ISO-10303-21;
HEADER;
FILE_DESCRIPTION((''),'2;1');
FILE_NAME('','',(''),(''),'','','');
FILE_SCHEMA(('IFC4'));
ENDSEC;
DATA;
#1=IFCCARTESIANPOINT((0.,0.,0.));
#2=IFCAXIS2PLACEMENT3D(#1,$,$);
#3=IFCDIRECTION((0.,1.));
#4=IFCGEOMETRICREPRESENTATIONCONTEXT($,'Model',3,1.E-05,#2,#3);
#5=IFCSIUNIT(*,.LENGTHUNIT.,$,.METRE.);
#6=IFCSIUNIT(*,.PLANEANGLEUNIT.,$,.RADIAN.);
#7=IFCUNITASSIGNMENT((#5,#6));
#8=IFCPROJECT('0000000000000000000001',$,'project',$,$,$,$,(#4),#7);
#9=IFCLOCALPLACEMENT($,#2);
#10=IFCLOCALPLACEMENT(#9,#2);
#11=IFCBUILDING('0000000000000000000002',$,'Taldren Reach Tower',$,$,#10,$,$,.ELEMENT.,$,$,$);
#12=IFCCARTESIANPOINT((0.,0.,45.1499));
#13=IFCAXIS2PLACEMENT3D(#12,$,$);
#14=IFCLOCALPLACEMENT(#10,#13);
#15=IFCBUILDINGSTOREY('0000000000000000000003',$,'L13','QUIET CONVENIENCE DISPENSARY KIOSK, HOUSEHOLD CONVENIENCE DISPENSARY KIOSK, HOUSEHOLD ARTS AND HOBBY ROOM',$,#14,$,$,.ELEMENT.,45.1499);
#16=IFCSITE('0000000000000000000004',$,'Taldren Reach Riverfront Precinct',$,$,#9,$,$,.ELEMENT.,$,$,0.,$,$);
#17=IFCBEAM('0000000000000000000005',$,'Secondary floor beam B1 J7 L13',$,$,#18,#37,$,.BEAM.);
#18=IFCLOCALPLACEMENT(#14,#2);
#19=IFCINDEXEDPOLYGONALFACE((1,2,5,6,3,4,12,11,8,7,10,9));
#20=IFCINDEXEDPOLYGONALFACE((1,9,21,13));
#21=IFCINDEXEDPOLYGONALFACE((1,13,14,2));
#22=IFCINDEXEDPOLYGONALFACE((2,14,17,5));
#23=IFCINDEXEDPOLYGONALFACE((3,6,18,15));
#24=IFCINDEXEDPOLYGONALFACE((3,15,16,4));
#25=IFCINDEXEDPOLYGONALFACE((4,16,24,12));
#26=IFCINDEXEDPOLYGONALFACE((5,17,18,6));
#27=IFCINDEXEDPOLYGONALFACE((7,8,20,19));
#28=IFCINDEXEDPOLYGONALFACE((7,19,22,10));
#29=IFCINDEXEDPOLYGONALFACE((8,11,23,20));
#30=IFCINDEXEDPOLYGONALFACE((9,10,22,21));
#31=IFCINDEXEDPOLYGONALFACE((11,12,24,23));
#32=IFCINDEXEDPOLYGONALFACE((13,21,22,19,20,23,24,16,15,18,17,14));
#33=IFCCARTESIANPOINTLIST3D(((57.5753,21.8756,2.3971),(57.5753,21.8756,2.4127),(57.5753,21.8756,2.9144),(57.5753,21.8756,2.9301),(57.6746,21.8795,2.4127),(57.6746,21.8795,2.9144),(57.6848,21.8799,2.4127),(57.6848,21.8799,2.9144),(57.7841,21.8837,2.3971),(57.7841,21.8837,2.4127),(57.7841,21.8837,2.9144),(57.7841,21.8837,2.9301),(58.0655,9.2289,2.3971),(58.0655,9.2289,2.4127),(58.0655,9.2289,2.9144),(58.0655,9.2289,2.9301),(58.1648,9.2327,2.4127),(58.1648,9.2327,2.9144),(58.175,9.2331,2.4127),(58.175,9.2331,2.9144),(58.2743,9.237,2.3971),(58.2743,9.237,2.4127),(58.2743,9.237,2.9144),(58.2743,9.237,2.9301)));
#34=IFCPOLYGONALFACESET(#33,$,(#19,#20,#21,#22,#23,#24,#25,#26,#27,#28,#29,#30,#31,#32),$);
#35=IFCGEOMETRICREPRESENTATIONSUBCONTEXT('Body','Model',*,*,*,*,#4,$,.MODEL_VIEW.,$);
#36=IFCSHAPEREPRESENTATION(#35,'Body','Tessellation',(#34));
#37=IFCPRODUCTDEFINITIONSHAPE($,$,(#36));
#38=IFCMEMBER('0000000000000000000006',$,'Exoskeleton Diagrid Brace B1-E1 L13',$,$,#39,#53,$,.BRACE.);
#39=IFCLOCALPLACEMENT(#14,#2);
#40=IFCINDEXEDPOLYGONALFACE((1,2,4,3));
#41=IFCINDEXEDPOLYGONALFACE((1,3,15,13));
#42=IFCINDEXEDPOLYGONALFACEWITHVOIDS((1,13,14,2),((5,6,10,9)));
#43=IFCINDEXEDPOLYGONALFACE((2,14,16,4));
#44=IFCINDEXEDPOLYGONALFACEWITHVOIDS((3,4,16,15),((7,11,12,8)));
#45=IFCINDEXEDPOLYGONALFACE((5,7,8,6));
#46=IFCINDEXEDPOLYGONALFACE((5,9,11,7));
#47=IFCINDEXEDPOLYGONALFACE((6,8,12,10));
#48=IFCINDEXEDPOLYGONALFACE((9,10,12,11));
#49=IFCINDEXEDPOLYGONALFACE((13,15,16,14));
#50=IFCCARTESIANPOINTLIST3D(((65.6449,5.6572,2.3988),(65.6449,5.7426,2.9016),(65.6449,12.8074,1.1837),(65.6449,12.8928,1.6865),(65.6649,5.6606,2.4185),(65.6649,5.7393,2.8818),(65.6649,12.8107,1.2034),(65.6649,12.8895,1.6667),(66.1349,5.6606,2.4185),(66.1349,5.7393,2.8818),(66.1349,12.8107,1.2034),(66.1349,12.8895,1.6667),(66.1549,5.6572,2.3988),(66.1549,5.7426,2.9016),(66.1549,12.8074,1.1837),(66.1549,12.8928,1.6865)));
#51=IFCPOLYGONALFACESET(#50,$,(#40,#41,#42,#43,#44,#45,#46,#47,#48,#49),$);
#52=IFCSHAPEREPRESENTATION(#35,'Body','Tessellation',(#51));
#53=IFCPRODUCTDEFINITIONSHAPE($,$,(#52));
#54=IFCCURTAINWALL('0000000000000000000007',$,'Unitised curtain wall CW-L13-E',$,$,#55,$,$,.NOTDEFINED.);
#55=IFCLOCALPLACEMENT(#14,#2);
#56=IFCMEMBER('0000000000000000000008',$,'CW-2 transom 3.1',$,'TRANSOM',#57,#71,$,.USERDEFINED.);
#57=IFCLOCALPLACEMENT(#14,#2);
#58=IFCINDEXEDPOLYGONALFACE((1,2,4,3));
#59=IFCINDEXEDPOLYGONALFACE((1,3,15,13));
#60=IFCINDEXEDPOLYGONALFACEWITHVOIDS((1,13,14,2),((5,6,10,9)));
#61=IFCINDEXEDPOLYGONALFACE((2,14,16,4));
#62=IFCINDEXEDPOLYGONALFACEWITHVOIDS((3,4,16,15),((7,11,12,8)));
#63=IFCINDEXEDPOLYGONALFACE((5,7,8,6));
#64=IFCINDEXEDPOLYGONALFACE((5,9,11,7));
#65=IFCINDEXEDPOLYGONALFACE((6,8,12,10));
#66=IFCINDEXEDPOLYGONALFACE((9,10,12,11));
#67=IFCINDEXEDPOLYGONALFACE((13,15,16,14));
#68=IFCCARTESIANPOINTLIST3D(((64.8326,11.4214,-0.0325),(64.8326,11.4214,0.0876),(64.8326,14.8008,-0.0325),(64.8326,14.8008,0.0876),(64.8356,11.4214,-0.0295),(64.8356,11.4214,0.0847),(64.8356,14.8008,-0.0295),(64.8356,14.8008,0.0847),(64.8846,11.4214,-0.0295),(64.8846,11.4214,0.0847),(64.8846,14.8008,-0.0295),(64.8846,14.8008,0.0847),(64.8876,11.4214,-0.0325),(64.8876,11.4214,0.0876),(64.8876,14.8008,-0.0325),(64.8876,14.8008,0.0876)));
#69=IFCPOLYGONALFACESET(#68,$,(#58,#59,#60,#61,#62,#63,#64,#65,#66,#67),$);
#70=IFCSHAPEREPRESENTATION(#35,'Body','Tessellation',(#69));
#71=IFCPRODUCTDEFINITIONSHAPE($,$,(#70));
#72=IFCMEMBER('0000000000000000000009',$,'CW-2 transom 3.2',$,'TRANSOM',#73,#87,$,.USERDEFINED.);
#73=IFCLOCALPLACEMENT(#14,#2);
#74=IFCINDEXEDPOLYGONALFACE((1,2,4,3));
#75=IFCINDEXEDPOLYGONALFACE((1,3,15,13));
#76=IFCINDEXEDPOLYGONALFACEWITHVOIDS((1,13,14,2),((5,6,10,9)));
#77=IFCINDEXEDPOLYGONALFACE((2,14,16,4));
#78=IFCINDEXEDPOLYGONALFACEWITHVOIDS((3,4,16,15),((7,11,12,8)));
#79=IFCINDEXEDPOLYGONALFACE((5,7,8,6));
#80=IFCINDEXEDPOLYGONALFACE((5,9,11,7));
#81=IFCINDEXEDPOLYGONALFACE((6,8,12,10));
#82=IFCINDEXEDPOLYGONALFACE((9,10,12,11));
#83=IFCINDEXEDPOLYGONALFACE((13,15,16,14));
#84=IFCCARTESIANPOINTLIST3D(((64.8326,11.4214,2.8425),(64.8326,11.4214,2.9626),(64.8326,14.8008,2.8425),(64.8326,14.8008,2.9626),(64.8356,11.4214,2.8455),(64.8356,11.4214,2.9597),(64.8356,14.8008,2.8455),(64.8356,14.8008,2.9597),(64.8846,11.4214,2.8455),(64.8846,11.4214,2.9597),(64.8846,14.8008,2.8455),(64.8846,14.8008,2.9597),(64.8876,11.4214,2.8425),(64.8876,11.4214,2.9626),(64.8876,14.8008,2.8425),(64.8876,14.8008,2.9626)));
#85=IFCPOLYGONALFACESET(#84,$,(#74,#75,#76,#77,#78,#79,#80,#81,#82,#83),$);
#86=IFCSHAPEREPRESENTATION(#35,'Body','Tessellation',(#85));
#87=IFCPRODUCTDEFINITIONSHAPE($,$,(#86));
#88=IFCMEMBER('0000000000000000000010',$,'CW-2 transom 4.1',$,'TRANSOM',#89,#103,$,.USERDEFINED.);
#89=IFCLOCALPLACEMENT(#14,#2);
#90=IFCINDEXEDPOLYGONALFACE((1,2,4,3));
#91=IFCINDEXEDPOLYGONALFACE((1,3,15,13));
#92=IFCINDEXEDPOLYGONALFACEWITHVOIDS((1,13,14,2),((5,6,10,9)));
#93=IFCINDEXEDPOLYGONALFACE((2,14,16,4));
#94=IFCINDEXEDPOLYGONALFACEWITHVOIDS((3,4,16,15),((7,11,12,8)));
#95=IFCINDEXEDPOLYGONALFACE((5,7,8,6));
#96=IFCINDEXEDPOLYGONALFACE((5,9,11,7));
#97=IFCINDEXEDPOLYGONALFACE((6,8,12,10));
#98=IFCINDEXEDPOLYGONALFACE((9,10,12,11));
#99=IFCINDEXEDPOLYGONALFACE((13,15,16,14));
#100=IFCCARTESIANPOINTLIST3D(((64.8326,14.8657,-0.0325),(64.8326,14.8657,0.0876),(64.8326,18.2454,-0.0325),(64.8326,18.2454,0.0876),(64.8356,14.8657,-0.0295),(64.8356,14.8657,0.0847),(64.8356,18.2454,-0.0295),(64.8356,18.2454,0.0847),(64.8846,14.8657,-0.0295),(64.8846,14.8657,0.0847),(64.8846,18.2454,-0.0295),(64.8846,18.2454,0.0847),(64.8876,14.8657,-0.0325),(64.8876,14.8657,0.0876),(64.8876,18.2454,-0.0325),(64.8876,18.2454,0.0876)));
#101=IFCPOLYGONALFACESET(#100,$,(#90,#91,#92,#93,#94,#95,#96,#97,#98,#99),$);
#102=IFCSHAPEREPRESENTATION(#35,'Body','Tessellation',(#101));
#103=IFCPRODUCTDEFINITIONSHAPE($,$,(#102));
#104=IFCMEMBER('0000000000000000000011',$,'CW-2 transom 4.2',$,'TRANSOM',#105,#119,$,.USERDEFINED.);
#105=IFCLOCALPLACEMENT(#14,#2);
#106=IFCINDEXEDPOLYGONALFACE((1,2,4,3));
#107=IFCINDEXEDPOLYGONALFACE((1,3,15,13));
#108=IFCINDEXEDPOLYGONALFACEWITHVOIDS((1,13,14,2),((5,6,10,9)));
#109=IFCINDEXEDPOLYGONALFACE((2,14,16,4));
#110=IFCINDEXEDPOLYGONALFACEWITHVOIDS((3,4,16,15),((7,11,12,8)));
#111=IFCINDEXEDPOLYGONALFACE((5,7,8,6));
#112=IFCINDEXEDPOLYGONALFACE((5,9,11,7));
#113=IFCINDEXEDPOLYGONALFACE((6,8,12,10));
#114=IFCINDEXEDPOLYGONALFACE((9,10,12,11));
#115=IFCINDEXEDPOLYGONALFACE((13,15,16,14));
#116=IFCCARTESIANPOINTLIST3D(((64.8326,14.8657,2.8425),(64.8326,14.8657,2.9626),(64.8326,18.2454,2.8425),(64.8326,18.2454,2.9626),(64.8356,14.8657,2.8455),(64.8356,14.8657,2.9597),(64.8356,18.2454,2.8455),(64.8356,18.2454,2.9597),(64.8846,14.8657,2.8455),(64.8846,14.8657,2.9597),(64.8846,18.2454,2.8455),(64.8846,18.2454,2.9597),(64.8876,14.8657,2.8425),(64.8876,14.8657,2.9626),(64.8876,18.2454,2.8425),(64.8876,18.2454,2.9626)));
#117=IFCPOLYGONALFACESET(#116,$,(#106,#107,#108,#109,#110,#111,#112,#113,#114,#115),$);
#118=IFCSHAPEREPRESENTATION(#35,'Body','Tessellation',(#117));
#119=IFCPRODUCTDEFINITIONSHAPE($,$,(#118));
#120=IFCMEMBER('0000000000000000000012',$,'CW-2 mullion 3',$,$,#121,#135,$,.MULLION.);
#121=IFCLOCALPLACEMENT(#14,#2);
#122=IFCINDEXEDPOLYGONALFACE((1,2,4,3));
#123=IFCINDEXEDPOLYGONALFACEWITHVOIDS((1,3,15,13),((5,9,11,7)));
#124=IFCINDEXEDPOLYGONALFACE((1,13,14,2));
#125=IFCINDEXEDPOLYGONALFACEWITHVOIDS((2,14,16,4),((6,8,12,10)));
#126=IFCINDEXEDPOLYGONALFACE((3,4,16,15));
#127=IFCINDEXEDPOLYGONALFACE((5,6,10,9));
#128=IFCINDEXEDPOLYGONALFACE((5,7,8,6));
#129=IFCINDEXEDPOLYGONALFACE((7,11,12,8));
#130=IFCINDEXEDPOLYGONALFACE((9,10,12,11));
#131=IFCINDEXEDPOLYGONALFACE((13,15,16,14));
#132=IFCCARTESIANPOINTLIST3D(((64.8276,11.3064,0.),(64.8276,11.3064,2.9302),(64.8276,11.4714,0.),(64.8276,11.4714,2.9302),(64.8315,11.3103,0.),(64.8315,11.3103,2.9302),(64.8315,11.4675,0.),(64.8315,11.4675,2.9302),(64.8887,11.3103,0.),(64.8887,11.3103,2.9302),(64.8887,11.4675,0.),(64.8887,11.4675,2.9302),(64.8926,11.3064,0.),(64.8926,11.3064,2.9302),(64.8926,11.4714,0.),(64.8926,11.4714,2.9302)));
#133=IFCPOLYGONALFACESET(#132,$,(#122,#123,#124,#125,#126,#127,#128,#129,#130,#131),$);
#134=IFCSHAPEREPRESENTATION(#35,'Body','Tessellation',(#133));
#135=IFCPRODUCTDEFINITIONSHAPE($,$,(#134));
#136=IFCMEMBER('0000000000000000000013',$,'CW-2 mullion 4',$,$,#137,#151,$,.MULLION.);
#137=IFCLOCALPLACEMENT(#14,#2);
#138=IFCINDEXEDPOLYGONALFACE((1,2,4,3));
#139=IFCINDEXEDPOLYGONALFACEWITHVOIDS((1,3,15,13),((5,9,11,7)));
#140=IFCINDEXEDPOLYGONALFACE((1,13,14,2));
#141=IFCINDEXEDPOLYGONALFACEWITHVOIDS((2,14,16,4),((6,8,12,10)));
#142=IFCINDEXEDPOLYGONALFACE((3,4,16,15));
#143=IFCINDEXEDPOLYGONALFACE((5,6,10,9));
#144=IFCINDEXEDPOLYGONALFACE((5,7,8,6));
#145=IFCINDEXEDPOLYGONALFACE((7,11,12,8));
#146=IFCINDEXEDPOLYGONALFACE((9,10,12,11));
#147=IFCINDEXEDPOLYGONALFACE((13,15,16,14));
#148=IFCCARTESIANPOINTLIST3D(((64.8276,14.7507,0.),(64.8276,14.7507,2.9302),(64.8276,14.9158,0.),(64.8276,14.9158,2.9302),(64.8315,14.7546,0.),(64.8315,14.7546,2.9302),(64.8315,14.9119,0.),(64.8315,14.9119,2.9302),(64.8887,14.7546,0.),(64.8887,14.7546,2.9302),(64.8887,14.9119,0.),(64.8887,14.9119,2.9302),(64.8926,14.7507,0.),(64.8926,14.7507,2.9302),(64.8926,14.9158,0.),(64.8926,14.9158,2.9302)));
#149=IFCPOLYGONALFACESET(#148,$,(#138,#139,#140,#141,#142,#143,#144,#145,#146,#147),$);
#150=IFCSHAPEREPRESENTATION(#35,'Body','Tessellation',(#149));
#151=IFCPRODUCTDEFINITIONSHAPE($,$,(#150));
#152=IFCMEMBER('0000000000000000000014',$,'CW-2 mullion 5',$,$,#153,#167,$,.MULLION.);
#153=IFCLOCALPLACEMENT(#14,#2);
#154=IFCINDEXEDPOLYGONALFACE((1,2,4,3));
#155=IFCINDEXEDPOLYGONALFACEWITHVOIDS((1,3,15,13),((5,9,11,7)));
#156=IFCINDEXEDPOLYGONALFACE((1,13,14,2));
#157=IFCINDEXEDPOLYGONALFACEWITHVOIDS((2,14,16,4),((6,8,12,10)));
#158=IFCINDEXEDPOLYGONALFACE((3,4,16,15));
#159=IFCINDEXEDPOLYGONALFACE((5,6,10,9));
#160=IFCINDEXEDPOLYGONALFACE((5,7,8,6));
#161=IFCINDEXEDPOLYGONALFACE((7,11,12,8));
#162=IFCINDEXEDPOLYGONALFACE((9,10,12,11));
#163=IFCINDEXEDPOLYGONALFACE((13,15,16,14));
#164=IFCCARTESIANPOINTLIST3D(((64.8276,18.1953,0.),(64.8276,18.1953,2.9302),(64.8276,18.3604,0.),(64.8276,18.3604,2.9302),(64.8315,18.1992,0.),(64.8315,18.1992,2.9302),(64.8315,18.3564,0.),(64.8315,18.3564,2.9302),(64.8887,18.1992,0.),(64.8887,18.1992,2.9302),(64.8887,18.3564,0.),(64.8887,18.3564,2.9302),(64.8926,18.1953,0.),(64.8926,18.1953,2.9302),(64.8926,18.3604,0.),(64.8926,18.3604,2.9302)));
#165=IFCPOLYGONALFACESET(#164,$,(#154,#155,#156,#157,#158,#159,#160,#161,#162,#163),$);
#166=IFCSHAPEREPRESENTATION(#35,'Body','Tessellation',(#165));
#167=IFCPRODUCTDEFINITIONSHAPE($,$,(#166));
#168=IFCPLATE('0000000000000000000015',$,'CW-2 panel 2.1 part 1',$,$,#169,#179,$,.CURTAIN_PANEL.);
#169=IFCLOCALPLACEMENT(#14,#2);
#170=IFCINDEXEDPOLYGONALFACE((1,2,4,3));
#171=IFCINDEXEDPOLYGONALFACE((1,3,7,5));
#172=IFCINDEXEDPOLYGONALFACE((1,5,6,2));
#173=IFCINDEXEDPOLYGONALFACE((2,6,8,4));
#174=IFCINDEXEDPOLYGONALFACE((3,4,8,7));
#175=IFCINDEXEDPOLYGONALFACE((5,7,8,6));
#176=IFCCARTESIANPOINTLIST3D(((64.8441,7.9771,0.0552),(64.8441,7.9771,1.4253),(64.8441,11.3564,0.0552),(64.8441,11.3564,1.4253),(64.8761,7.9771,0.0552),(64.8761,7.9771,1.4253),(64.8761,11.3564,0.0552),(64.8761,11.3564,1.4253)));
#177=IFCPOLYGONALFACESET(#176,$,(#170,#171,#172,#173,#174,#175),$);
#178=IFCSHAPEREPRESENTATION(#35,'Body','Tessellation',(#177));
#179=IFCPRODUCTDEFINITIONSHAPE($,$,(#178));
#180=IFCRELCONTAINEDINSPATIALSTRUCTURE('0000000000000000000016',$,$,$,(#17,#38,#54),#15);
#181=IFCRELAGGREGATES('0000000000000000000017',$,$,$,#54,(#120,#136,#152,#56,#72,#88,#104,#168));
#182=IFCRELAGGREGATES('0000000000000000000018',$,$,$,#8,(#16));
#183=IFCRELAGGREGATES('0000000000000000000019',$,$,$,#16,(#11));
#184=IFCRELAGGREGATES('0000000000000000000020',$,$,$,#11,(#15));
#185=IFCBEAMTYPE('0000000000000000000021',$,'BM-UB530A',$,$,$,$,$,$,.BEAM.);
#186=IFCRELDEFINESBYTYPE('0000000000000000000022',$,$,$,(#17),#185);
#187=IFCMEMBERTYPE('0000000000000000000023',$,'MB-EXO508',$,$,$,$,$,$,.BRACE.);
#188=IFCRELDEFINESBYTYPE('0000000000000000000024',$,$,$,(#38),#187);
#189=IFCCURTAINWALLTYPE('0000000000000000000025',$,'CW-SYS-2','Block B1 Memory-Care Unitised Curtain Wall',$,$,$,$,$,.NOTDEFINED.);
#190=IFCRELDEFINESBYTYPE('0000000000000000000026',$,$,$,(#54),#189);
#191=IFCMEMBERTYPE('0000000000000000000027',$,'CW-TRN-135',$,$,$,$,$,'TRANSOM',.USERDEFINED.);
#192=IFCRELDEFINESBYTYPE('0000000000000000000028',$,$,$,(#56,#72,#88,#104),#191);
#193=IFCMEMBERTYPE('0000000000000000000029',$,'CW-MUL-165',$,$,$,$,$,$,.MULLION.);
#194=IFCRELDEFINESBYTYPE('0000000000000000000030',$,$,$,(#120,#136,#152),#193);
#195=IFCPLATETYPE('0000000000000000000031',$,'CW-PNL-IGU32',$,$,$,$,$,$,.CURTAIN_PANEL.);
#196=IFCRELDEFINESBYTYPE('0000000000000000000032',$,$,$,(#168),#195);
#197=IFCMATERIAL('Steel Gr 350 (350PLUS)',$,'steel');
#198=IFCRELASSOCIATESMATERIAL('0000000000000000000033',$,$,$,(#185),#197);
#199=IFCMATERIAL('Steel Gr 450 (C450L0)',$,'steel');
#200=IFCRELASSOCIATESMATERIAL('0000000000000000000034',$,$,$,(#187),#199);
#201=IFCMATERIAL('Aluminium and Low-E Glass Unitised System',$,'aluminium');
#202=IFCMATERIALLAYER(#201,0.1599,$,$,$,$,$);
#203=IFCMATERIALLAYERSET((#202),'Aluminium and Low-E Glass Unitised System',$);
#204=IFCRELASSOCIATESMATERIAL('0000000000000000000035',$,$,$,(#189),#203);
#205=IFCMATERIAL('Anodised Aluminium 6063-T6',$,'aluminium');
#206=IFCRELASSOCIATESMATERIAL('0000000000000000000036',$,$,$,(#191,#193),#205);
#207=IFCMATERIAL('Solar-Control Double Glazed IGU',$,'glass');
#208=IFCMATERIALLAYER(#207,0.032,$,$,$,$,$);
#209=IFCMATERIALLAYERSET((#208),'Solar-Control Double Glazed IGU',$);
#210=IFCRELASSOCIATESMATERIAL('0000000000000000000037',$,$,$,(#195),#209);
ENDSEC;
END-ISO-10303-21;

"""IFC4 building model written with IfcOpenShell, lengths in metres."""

from ifc_helpers import new_model, si_unit, direction, frame, origin, origin_2d, place, context, subcontext, project, spatial, rectangle, hollow_rectangle, i_section, extrude, source, transform, mapped, material, layer, layer_set, material_profile, profile_set, type_object, element, aggregate, save


model = new_model("IFC4")

# Units and contexts
model_context = context("Model", 3, precision=1e-05, world=origin(), true_north=direction((0.0, 1.0)))
body_context = subcontext(model_context, "Body", "Model", "MODEL_VIEW")
ifc_project = project(units=[si_unit("LENGTHUNIT", "METRE"), si_unit("PLANEANGLEUNIT", "RADIAN")], contexts=[model_context])

# Site, building, storey
site_placement = place(None, origin())
site = spatial("IfcSite", under=ifc_project, at=site_placement, Name="Taldren Reach Riverfront Precinct", CompositionType="ELEMENT", RefElevation=0.0)
building_placement = place(site_placement, origin())
building = spatial("IfcBuilding", under=site, at=building_placement, Name="Taldren Reach Tower", CompositionType="ELEMENT")
storey_placement = place(building_placement, frame((0.0, 0.0, 45.1499)))
storey = spatial("IfcBuildingStorey", under=building, at=storey_placement, Name="L13", Description="QUIET CONVENIENCE DISPENSARY KIOSK, HOUSEHOLD CONVENIENCE DISPENSARY KIOSK, HOUSEHOLD ARTS AND HOBBY ROOM", CompositionType="ELEMENT", Elevation=45.1499)

# Beam
ifc_material_1 = material(Name="Steel Gr 350 (350PLUS)", Category="steel")
ifc_material_profile_1 = material_profile(ifc_material_1, i_section(OverallWidth=0.209, OverallDepth=0.533, WebThickness=0.0103, FlangeThickness=0.0156, at=origin_2d()), Name="530UB92.4")
ifc_profile_set_1 = profile_set([ifc_material_profile_1], Name="Steel Gr 350 (350PLUS)")
beam_type = type_object("IfcBeamType", Name="BM-UB530A", PredefinedType="BEAM", material=ifc_profile_set_1)
shared_shape_1 = source(origin(), body_context, "Body", "SweptSolid", [
    extrude(i_section(OverallWidth=0.209, OverallDepth=0.533, WebThickness=0.0103, FlangeThickness=0.0156, at=origin_2d()), origin(), (0.0, 0.0, 1.0), 12.6562),
])
beam_placement = place(storey_placement, frame((58.1699, 9.2329, 2.6636), z_axis=(-0.038735, 0.99925, 0.0), x_axis=(-0.99925, -0.038735, 0.0)))
element("IfcBeam", 1, at=beam_placement, inside=storey, type_object=beam_type, Name="Secondary floor beam B1 J7 L13", PredefinedType="BEAM", context=body_context, shape_type="MappedRepresentation", body=[
    mapped(shared_shape_1, transform((0.0, 0.0, 0.0), scale=1.0)),
])

# Member
ifc_material_2 = material(Name="Steel Gr 450 (C450L0)", Category="steel")
ifc_material_profile_2 = material_profile(ifc_material_2, hollow_rectangle(XDim=0.51, YDim=0.51, WallThickness=0.02, at=origin_2d()), Name="510x510x20.0SHS")
ifc_profile_set_2 = profile_set([ifc_material_profile_2], Name="Steel Gr 450 (C450L0)")
member_type_1 = type_object("IfcMemberType", Name="MB-EXO508", PredefinedType="BRACE", material=ifc_profile_set_2)
shared_shape_2 = source(origin(), body_context, "Body", "SweptSolid", [
    extrude(hollow_rectangle(XDim=0.51, YDim=0.51, WallThickness=0.02, at=origin_2d()), origin(), (0.0, 0.0, 1.0), 7.2527),
])
member_1_placement = place(storey_placement, frame((65.8999, 12.8501, 1.4351), z_axis=(0.0, -0.985866, 0.167537), x_axis=(1.0, 0.0, 0.0)))
element("IfcMember", 2, at=member_1_placement, inside=storey, type_object=member_type_1, Name="Exoskeleton Diagrid Brace B1-E1 L13", PredefinedType="BRACE", context=body_context, shape_type="MappedRepresentation", body=[
    mapped(shared_shape_2, transform((0.0, 0.0, 0.0), scale=1.0)),
])

# Curtain wall, members, plate
ifc_material_3 = material(Name="Aluminium and Low-E Glass Unitised System", Category="aluminium")
ifc_layer_1 = layer(ifc_material_3, 0.1599)
ifc_layer_set_1 = layer_set([ifc_layer_1], Name="Aluminium and Low-E Glass Unitised System")
curtain_wall_type = type_object("IfcCurtainWallType", Name="CW-SYS-2", Description="Block B1 Memory-Care Unitised Curtain Wall", PredefinedType="NOTDEFINED", material=ifc_layer_set_1)
curtain_wall_placement = place(storey_placement, origin())
curtain_wall = element("IfcCurtainWall", 3, at=curtain_wall_placement, inside=storey, type_object=curtain_wall_type, Name="Unitised curtain wall CW-L13-E", PredefinedType="NOTDEFINED")
ifc_material_4 = material(Name="Anodised Aluminium 6063-T6", Category="aluminium")
ifc_material_profile_3 = material_profile(ifc_material_4, hollow_rectangle(XDim=0.0549, YDim=0.1201, WallThickness=0.0029, at=origin_2d()), Name="ALU-120x55x3RHS")
ifc_profile_set_3 = profile_set([ifc_material_profile_3], Name="Anodised Aluminium 6063-T6")
member_type_2 = type_object("IfcMemberType", Name="CW-TRN-135", ElementType="TRANSOM", PredefinedType="USERDEFINED", material=ifc_profile_set_3)
shared_shape_3 = source(origin(), body_context, "Body", "SweptSolid", [
    extrude(hollow_rectangle(XDim=0.0549, YDim=0.1201, WallThickness=0.0029, at=origin_2d()), origin(), (0.0, 0.0, 1.0), 3.3794),
])
member_2_placement = place(storey_placement, frame((64.8601, 11.4214, 0.0276), z_axis=(0.0, 1.0, 0.0), x_axis=(-1.0, 0.0, 0.0)))
member_2 = element("IfcMember", 4, at=member_2_placement, type_object=member_type_2, Name="CW-2 transom 3.1", ObjectType="TRANSOM", PredefinedType="USERDEFINED", context=body_context, shape_type="MappedRepresentation", body=[
    mapped(shared_shape_3, transform((0.0, 0.0, 0.0), scale=1.0)),
])
member_3_placement = place(storey_placement, frame((64.8601, 11.4214, 2.9026), z_axis=(0.0, 1.0, 0.0), x_axis=(-1.0, 0.0, 0.0)))
member_3 = element("IfcMember", 5, at=member_3_placement, type_object=member_type_2, Name="CW-2 transom 3.2", ObjectType="TRANSOM", PredefinedType="USERDEFINED", context=body_context, shape_type="MappedRepresentation", body=[
    mapped(shared_shape_3, transform((0.0, 0.0, 0.0), scale=1.0)),
])
shared_shape_4 = source(origin(), body_context, "Body", "SweptSolid", [
    extrude(hollow_rectangle(XDim=0.0549, YDim=0.1201, WallThickness=0.0029, at=origin_2d()), origin(), (0.0, 0.0, 1.0), 3.3796),
])
member_4_placement = place(storey_placement, frame((64.8601, 14.8657, 0.0276), z_axis=(0.0, 1.0, 0.0), x_axis=(-1.0, 0.0, 0.0)))
member_4 = element("IfcMember", 6, at=member_4_placement, type_object=member_type_2, Name="CW-2 transom 4.1", ObjectType="TRANSOM", PredefinedType="USERDEFINED", context=body_context, shape_type="MappedRepresentation", body=[
    mapped(shared_shape_4, transform((0.0, 0.0, 0.0), scale=1.0)),
])
member_5_placement = place(storey_placement, frame((64.8601, 14.8657, 2.9026), z_axis=(0.0, 1.0, 0.0), x_axis=(-1.0, 0.0, 0.0)))
member_5 = element("IfcMember", 7, at=member_5_placement, type_object=member_type_2, Name="CW-2 transom 4.2", ObjectType="TRANSOM", PredefinedType="USERDEFINED", context=body_context, shape_type="MappedRepresentation", body=[
    mapped(shared_shape_4, transform((0.0, 0.0, 0.0), scale=1.0)),
])
ifc_material_profile_4 = material_profile(ifc_material_4, hollow_rectangle(XDim=0.0649, YDim=0.165, WallThickness=0.0039, at=origin_2d()), Name="ALU-165x65x4RHS")
ifc_profile_set_4 = profile_set([ifc_material_profile_4], Name="Anodised Aluminium 6063-T6")
member_type_3 = type_object("IfcMemberType", Name="CW-MUL-165", PredefinedType="MULLION", material=ifc_profile_set_4)
shared_shape_5 = source(origin(), body_context, "Body", "SweptSolid", [
    extrude(hollow_rectangle(XDim=0.0649, YDim=0.165, WallThickness=0.0039, at=origin_2d()), origin(), (0.0, 0.0, 1.0), 2.9302),
])
member_6_placement = place(storey_placement, frame((64.8601, 11.3889, 0.0), z_axis=(0.0, 0.0, 1.0), x_axis=(-1.0, 0.0, 0.0)))
member_6 = element("IfcMember", 8, at=member_6_placement, type_object=member_type_3, Name="CW-2 mullion 3", PredefinedType="MULLION", context=body_context, shape_type="MappedRepresentation", body=[
    mapped(shared_shape_5, transform((0.0, 0.0, 0.0), scale=1.0)),
])
member_7_placement = place(storey_placement, frame((64.8601, 14.8333, 0.0), z_axis=(0.0, 0.0, 1.0), x_axis=(-1.0, 0.0, 0.0)))
member_7 = element("IfcMember", 9, at=member_7_placement, type_object=member_type_3, Name="CW-2 mullion 4", PredefinedType="MULLION", context=body_context, shape_type="MappedRepresentation", body=[
    mapped(shared_shape_5, transform((0.0, 0.0, 0.0), scale=1.0)),
])
member_8_placement = place(storey_placement, frame((64.8601, 18.2778, 0.0), z_axis=(0.0, 0.0, 1.0), x_axis=(-1.0, 0.0, 0.0)))
member_8 = element("IfcMember", 10, at=member_8_placement, type_object=member_type_3, Name="CW-2 mullion 5", PredefinedType="MULLION", context=body_context, shape_type="MappedRepresentation", body=[
    mapped(shared_shape_5, transform((0.0, 0.0, 0.0), scale=1.0)),
])
ifc_material_5 = material(Name="Solar-Control Double Glazed IGU", Category="glass")
ifc_layer_2 = layer(ifc_material_5, 0.032)
ifc_layer_set_2 = layer_set([ifc_layer_2], Name="Solar-Control Double Glazed IGU")
plate_type = type_object("IfcPlateType", Name="CW-PNL-IGU32", PredefinedType="CURTAIN_PANEL", material=ifc_layer_set_2)
shared_shape_6 = source(origin(), body_context, "Body", "SweptSolid", [
    extrude(rectangle(XDim=3.3794, YDim=0.032, at=origin_2d()), origin(), (0.0, 0.0, 1.0), 1.3701),
])
plate_1_placement = place(storey_placement, frame((64.8601, 9.6667, 0.0552), z_axis=(0.0, 0.0, 1.0), x_axis=(0.0, 1.0, 0.0)))
plate_1 = element("IfcPlate", 11, at=plate_1_placement, type_object=plate_type, Name="CW-2 panel 2.1 part 1", PredefinedType="CURTAIN_PANEL", context=body_context, shape_type="MappedRepresentation", body=[
    mapped(shared_shape_6, transform((0.0, 0.0, 0.0), scale=1.0)),
])
aggregate(curtain_wall, [member_6, member_7, member_8, member_2, member_3, member_4, member_5, plate_1])

save(model, "model.ifc")
